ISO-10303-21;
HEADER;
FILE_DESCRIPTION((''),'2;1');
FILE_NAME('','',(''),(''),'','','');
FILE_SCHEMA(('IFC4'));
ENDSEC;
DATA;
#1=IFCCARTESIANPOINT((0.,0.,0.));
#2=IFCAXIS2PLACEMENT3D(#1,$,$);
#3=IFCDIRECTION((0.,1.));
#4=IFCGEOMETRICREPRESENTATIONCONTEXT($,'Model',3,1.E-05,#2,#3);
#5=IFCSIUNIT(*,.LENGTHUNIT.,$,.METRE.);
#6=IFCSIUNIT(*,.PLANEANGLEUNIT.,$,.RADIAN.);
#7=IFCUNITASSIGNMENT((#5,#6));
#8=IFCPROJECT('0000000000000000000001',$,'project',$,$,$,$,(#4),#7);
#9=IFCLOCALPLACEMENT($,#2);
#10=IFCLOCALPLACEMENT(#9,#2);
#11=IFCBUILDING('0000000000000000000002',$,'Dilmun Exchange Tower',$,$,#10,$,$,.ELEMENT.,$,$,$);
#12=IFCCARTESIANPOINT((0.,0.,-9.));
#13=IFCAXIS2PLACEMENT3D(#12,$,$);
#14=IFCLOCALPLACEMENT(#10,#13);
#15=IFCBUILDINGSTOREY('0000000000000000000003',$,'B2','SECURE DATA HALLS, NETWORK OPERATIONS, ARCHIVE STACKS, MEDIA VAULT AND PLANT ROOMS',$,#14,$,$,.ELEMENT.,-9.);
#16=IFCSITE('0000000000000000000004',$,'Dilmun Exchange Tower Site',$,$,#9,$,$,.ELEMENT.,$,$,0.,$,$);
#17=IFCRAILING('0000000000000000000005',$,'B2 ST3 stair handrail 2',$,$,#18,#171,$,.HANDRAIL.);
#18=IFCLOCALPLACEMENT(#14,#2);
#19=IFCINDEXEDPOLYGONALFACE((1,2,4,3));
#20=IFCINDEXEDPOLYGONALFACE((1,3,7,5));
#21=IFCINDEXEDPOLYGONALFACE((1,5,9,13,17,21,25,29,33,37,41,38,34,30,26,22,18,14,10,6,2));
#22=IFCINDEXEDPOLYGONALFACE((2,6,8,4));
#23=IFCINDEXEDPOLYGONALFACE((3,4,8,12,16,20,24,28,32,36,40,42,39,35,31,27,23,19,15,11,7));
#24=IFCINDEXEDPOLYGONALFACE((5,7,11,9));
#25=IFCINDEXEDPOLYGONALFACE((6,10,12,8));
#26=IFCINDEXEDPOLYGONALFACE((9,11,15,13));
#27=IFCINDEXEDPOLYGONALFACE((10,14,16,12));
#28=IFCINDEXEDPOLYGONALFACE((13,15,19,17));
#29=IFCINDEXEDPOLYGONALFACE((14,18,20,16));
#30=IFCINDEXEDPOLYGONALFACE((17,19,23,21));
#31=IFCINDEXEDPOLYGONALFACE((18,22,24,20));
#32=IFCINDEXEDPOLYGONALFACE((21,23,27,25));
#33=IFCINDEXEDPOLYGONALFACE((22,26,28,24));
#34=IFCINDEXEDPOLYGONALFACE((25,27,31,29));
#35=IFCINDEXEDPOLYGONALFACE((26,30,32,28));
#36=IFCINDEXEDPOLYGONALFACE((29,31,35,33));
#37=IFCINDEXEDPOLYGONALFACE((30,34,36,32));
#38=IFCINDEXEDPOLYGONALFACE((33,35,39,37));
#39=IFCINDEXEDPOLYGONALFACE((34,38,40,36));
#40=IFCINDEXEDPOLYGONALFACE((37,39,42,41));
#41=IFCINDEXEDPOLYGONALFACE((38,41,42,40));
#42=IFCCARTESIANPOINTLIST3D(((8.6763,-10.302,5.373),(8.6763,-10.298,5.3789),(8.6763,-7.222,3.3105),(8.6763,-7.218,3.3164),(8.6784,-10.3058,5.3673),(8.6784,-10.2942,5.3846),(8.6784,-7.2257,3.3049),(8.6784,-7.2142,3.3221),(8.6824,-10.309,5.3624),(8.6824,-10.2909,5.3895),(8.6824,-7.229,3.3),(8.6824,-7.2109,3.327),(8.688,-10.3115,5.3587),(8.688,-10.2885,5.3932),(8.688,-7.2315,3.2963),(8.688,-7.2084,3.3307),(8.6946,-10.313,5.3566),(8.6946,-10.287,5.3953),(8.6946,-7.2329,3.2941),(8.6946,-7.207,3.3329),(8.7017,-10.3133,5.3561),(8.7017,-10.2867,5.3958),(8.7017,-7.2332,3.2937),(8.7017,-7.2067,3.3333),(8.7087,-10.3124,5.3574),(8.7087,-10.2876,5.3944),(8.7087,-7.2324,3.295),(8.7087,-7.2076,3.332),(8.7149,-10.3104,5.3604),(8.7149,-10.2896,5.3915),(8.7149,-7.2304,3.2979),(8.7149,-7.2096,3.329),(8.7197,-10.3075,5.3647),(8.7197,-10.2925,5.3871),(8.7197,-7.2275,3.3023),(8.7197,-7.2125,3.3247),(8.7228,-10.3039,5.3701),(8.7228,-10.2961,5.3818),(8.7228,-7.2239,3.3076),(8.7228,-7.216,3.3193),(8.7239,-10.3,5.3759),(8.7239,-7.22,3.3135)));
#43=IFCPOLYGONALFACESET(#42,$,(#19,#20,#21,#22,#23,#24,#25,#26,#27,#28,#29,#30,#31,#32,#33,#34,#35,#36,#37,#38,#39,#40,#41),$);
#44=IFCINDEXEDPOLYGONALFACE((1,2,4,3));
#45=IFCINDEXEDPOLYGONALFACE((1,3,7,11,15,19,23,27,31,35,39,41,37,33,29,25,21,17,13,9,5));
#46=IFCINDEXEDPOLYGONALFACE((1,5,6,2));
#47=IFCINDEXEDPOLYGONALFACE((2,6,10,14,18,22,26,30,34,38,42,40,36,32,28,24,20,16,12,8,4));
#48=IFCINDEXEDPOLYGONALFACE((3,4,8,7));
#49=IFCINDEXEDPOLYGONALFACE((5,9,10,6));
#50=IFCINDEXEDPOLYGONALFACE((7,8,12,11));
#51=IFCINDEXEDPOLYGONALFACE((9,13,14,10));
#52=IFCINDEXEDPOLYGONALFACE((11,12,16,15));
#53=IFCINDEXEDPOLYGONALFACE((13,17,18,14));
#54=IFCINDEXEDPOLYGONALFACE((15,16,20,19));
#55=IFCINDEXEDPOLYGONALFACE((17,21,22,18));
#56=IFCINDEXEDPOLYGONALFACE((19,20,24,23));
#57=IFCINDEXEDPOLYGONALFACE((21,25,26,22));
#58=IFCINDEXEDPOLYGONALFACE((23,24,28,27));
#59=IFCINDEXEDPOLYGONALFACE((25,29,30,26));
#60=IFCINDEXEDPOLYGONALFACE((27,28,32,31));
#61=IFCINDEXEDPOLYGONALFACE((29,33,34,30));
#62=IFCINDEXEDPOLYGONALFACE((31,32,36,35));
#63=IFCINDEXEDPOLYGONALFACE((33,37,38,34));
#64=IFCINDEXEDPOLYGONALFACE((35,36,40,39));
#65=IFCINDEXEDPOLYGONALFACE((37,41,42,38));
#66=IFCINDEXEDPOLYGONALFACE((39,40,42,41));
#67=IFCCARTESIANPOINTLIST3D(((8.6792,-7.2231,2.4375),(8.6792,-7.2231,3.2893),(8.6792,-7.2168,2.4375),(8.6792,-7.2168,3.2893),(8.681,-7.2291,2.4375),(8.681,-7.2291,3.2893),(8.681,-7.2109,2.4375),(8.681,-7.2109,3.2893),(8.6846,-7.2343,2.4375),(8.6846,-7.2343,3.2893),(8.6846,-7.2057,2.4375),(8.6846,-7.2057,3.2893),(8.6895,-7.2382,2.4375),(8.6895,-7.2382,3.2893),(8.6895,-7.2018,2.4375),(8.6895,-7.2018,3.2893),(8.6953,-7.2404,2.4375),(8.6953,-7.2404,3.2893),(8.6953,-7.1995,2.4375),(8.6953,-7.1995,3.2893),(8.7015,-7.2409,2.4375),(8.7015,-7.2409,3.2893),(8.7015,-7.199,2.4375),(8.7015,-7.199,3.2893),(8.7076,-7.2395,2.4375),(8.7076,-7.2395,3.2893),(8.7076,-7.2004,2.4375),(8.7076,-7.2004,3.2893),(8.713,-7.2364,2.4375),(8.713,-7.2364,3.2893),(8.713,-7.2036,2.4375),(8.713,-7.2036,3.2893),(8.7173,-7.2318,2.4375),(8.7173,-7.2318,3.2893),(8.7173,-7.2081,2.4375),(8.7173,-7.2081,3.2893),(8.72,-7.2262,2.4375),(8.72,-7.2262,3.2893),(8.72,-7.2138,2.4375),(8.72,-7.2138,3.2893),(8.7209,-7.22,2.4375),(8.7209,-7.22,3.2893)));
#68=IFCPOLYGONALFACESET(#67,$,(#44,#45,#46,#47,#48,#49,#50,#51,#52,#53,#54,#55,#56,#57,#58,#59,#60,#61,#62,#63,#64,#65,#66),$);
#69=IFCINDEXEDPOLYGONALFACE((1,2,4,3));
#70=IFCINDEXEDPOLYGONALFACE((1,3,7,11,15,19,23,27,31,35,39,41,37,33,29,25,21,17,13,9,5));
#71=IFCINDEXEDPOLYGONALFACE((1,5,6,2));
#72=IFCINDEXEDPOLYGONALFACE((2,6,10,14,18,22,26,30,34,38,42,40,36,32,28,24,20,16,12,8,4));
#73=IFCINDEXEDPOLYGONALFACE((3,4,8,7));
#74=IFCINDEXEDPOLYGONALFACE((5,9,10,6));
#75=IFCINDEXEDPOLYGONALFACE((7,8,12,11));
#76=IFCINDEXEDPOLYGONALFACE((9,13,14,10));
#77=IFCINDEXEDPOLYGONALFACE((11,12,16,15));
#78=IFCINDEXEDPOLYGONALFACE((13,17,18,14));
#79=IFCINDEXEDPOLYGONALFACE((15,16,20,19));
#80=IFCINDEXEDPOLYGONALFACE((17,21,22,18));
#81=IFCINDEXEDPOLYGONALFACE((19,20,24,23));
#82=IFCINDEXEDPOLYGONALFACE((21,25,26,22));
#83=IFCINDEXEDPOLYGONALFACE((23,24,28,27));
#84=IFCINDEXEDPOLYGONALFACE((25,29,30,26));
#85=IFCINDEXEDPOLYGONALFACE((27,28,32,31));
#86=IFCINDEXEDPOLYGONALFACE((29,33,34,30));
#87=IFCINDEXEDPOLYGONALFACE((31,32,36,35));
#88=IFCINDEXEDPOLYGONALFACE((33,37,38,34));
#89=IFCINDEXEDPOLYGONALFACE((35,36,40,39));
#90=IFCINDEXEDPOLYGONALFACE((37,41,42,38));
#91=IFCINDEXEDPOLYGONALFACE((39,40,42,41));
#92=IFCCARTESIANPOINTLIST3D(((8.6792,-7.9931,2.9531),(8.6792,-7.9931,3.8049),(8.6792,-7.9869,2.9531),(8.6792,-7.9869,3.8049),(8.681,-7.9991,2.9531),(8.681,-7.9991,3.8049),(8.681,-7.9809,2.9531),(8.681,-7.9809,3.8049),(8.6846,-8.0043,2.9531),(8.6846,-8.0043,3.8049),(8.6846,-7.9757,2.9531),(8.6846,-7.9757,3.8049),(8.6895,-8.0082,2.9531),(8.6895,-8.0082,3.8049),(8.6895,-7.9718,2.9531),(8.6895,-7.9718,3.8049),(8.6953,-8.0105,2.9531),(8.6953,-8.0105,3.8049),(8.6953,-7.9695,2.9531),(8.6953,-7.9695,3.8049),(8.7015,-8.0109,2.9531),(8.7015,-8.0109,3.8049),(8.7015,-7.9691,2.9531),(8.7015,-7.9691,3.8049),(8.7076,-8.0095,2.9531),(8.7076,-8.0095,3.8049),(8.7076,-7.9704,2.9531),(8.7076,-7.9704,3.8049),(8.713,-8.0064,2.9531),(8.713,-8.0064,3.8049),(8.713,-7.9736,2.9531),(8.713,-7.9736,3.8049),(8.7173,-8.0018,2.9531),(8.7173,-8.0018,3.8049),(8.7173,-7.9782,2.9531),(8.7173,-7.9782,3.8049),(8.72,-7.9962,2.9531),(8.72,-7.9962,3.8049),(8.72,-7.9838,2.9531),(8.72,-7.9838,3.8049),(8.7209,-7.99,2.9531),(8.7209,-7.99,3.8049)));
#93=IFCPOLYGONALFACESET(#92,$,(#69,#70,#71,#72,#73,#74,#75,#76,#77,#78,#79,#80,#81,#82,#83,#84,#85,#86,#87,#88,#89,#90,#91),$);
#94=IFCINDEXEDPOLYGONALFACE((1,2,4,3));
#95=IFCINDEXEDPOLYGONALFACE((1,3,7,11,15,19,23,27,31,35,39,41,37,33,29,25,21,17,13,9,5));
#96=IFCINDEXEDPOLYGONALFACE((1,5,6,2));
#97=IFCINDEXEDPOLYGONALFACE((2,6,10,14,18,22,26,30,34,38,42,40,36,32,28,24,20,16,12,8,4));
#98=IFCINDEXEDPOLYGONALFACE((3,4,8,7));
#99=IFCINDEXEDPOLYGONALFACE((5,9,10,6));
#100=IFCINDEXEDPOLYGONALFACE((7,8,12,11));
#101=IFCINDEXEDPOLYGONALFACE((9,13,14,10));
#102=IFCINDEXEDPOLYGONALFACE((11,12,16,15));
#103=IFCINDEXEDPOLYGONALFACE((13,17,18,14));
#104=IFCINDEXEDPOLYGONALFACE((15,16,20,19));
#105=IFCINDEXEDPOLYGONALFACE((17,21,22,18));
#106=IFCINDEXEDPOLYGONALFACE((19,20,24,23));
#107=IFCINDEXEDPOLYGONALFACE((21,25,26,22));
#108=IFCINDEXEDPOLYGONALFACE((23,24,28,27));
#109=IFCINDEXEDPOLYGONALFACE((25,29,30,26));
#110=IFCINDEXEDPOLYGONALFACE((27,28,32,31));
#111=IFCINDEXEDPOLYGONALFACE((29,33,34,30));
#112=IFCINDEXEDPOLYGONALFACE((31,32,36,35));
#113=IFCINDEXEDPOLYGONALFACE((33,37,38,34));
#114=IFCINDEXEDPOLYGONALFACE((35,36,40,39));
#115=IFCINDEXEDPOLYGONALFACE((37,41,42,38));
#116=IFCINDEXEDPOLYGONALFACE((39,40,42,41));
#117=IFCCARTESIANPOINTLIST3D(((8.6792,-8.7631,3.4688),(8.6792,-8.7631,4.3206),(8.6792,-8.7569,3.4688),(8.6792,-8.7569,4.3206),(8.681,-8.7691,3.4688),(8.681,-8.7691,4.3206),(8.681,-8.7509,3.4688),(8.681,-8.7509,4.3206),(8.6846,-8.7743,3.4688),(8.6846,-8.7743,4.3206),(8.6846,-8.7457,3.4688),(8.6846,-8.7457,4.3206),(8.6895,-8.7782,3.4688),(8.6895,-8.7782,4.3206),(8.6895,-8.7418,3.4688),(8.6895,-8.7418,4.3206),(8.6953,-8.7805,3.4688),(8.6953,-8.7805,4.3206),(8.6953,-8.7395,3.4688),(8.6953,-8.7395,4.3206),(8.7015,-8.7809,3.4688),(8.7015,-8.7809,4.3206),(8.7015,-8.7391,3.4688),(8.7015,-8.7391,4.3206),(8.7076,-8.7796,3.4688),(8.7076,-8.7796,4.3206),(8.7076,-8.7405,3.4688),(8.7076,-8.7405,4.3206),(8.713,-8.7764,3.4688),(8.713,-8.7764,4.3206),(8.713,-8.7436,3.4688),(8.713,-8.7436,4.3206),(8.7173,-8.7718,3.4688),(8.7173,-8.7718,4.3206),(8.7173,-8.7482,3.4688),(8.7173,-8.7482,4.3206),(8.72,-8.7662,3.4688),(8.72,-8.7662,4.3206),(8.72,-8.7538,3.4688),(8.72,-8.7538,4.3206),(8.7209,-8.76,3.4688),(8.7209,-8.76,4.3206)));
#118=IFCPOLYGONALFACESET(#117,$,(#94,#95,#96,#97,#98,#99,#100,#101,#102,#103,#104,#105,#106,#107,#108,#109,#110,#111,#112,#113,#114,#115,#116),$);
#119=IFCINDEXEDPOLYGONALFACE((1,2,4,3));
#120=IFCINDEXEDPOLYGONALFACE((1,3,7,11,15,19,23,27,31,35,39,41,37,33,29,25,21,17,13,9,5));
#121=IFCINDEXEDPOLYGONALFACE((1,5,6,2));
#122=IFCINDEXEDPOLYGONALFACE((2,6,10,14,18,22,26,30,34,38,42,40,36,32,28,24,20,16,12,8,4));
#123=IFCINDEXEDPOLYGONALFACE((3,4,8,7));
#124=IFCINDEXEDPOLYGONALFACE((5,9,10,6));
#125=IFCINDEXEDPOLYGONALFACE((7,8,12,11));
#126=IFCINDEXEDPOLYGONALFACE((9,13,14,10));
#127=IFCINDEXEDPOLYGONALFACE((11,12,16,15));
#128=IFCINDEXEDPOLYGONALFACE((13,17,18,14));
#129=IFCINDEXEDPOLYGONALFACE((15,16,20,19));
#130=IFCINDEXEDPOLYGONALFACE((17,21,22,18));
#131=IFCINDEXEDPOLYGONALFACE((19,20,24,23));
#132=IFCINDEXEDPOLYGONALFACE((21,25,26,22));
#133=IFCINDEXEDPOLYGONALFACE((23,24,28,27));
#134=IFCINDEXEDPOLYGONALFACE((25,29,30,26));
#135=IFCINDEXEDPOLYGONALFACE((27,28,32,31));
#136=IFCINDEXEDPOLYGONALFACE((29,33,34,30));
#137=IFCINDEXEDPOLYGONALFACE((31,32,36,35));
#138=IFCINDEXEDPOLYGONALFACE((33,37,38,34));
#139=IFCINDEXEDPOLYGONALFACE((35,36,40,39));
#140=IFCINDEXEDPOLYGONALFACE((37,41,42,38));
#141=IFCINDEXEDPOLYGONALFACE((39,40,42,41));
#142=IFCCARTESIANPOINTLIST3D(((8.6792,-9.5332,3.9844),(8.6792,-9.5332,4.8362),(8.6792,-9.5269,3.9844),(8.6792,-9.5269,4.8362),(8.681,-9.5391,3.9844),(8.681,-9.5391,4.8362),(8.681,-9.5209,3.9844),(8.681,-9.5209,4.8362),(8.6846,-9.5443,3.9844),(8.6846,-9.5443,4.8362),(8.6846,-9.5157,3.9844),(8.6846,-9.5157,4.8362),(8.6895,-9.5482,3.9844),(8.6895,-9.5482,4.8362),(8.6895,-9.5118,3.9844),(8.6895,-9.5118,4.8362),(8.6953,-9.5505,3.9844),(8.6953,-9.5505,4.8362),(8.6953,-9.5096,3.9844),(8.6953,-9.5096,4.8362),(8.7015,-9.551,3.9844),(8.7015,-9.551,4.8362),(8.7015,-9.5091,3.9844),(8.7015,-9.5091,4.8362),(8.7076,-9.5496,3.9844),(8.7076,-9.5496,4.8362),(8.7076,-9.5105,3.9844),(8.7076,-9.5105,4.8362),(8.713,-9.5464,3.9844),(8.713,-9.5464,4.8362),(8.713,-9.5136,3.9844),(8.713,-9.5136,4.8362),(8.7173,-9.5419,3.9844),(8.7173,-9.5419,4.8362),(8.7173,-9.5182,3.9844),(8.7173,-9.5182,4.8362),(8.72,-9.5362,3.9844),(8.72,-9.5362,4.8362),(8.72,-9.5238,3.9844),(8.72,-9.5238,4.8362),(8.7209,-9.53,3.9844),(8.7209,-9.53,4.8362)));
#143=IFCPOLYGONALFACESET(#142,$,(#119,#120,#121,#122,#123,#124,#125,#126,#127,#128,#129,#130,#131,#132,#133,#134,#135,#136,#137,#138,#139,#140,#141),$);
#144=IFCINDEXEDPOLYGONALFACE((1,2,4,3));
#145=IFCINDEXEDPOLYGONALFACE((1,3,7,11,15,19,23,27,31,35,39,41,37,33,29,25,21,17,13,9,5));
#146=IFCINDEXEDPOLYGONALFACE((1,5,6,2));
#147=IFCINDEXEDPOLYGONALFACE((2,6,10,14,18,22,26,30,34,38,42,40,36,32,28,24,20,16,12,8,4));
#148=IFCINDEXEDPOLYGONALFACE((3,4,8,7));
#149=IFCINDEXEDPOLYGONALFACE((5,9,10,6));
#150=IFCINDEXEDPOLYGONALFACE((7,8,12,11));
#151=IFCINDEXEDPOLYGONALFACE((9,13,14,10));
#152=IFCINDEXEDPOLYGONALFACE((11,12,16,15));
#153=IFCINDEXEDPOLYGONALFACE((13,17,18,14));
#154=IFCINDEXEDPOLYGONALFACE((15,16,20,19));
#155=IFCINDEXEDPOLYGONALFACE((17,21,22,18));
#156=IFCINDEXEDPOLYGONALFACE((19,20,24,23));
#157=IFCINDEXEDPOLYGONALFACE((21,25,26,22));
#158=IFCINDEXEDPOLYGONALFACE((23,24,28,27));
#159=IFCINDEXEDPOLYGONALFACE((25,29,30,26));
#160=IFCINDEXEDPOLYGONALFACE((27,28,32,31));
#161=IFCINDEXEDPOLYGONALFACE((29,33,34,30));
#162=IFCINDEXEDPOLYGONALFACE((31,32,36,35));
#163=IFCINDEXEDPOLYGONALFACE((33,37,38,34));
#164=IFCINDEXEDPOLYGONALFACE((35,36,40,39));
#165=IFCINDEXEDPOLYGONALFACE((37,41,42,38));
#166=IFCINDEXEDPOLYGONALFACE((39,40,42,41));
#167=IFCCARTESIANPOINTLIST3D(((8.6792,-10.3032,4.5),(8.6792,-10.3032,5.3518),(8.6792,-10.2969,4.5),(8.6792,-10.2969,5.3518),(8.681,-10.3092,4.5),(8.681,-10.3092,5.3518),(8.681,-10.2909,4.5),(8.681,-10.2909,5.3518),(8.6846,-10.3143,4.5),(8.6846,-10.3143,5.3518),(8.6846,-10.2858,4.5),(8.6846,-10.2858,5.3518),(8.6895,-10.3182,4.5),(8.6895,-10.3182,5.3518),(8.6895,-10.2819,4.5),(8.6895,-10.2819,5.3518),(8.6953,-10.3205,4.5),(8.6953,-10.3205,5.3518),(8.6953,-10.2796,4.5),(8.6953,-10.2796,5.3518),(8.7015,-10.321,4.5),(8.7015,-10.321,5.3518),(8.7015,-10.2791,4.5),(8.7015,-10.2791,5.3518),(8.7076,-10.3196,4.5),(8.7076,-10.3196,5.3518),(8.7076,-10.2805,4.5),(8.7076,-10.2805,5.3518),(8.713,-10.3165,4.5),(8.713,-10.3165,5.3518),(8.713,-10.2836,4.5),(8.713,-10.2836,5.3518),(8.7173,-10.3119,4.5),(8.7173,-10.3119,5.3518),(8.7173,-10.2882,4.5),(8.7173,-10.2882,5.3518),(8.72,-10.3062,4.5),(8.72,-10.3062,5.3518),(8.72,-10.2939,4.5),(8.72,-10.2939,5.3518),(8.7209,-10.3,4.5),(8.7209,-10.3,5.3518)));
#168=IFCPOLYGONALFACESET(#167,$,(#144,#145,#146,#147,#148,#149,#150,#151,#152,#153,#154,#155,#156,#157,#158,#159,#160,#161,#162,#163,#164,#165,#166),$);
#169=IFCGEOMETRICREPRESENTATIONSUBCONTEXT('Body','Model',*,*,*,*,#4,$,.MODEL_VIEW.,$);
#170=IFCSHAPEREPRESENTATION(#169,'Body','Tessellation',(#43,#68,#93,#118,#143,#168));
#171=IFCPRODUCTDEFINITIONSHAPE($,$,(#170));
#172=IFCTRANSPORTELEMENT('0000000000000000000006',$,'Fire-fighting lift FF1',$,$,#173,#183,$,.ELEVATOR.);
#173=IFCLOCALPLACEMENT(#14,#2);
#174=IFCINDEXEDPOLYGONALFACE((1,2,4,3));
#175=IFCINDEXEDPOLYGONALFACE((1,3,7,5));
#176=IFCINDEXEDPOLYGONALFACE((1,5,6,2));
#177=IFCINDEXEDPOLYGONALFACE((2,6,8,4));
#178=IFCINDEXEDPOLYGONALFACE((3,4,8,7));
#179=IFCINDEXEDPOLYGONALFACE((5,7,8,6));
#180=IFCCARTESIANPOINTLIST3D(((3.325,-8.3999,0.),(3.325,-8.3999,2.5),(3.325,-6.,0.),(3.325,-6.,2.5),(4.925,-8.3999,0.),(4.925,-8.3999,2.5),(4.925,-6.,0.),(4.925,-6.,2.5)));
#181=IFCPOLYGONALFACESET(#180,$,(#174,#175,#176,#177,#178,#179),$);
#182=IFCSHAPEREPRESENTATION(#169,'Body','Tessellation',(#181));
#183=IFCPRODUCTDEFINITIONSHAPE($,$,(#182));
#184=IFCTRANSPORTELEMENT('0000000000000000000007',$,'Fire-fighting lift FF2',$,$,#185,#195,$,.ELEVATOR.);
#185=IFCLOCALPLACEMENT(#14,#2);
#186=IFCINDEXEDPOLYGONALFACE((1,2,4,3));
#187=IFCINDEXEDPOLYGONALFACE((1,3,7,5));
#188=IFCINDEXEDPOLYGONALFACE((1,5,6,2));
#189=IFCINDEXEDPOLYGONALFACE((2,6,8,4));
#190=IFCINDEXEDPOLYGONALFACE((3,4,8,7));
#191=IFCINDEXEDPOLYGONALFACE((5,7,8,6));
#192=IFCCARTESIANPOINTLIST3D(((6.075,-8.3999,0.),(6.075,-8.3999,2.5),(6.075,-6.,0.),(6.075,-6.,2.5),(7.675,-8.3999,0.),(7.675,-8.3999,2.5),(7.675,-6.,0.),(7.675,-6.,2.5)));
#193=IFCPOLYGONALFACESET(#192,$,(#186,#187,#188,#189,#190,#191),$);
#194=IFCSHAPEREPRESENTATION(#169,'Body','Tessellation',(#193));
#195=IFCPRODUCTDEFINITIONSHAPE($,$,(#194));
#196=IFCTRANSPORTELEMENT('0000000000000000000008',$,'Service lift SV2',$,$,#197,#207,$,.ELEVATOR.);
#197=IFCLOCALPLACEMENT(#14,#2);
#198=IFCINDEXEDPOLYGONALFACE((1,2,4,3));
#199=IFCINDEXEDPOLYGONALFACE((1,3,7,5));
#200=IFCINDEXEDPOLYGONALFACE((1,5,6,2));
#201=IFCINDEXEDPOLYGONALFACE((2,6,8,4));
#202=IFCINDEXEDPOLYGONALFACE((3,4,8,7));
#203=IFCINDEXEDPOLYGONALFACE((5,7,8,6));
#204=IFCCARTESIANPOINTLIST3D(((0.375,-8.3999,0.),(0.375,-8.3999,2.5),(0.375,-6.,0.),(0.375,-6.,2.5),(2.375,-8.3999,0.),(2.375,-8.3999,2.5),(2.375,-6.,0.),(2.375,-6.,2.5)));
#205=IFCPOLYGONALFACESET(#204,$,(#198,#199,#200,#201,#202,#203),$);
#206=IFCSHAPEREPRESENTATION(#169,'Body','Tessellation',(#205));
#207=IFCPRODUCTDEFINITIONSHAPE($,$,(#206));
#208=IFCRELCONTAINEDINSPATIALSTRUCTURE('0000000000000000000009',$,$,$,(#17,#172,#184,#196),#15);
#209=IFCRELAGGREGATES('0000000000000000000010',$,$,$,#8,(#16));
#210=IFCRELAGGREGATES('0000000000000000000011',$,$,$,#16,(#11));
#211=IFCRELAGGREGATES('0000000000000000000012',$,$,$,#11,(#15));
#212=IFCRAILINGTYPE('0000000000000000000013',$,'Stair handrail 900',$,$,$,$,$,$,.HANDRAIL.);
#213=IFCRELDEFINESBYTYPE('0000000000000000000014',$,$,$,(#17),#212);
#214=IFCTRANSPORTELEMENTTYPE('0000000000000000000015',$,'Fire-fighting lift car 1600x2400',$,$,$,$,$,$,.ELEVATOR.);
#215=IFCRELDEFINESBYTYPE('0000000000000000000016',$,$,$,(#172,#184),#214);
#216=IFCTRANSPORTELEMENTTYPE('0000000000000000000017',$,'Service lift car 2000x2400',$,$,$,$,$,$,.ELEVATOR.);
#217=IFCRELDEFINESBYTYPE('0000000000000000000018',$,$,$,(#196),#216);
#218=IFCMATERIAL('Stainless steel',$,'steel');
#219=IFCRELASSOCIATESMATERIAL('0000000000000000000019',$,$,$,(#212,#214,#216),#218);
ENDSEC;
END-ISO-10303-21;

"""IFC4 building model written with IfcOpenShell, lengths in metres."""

from ifc_helpers import new_model, si_unit, direction, frame, origin, origin_2d, place, context, subcontext, project, spatial, rectangle, circle, extrude, material, type_object, element, save


model = new_model("IFC4")

# Units and contexts
model_context = context("Model", 3, precision=1e-05, world=origin(), true_north=direction((0.0, 1.0)))
body_context = subcontext(model_context, "Body", "Model", "MODEL_VIEW")
ifc_project = project(units=[si_unit("LENGTHUNIT", "METRE"), si_unit("PLANEANGLEUNIT", "RADIAN")], contexts=[model_context])

# Site, building, storey
site_placement = place(None, origin())
site = spatial("IfcSite", under=ifc_project, at=site_placement, Name="Dilmun Exchange Tower Site", CompositionType="ELEMENT", RefElevation=0.0)
building_placement = place(site_placement, origin())
building = spatial("IfcBuilding", under=site, at=building_placement, Name="Dilmun Exchange Tower", CompositionType="ELEMENT")
storey_placement = place(building_placement, frame((0.0, 0.0, -9.0)))
storey = spatial("IfcBuildingStorey", under=building, at=storey_placement, Name="B2", Description="SECURE DATA HALLS, NETWORK OPERATIONS, ARCHIVE STACKS, MEDIA VAULT AND PLANT ROOMS", CompositionType="ELEMENT", Elevation=-9.0)

# Railing
ifc_material_1 = material(Name="Stainless steel", Category="steel")
railing_type = type_object("IfcRailingType", Name="Stair handrail 900", PredefinedType="HANDRAIL", material=ifc_material_1)
railing_1_placement = place(storey_placement, frame((8.7, -7.22, 2.4375)))
element("IfcRailing", 1, at=railing_1_placement, inside=storey, type_object=railing_type, Name="B2 ST3 stair handrail 2", PredefinedType="HANDRAIL", context=body_context, shape_type="SweptSolid", body=[
    extrude(circle(Radius=0.0239, at=origin_2d()), frame((0.0, 0.0, 0.876), z_axis=(0.0, -0.830914, 0.556401), x_axis=(1.0, 0.0, 0.0)), (0.0, 0.0, 1.0), 3.7068),
    extrude(circle(Radius=0.021, at=origin_2d()), origin(), (0.0, 0.0, 1.0), 0.8518),
    extrude(circle(Radius=0.021, at=origin_2d()), frame((0.0, -0.77, 0.5156)), (0.0, 0.0, 1.0), 0.8518),
    extrude(circle(Radius=0.021, at=origin_2d()), frame((0.0, -1.54, 1.0312)), (0.0, 0.0, 1.0), 0.8518),
    extrude(circle(Radius=0.021, at=origin_2d()), frame((0.0, -2.3101, 1.5469)), (0.0, 0.0, 1.0), 0.8518),
    extrude(circle(Radius=0.021, at=origin_2d()), frame((0.0, -3.0801, 2.0625)), (0.0, 0.0, 1.0), 0.8518),
])

# Transport elements
transport_element_type_1 = type_object("IfcTransportElementType", Name="Fire-fighting lift car 1600x2400", PredefinedType="ELEVATOR", material=ifc_material_1)
for number, where, z_axis, x_axis, name in (
    (2, (4.125, -7.2, 0.0), (0.0, 0.0, 1.0), (1.0, 0.0, 0.0), "Fire-fighting lift FF1"),
    (3, (6.875, -7.2, 0.0), (0.0, 0.0, 1.0), (1.0, 0.0, 0.0), "Fire-fighting lift FF2"),
):
    element("IfcTransportElement", number, at=place(storey_placement, frame(where, z_axis=z_axis, x_axis=x_axis)), inside=storey, type_object=transport_element_type_1, Name=name, PredefinedType="ELEVATOR", context=body_context, shape_type="SweptSolid", body=[
        extrude(rectangle(XDim=1.6001, YDim=2.3999, at=origin_2d()), origin(), (0.0, 0.0, 1.0), 2.5),
    ])
transport_element_type_2 = type_object("IfcTransportElementType", Name="Service lift car 2000x2400", PredefinedType="ELEVATOR", material=ifc_material_1)
transport_element_placement = place(storey_placement, frame((1.375, -7.2, 0.0), z_axis=(0.0, 0.0, 1.0), x_axis=(1.0, 0.0, 0.0)))
element("IfcTransportElement", 4, at=transport_element_placement, inside=storey, type_object=transport_element_type_2, Name="Service lift SV2", PredefinedType="ELEVATOR", context=body_context, shape_type="SweptSolid", body=[
    extrude(rectangle(XDim=2.0, YDim=2.3999, at=origin_2d()), origin(), (0.0, 0.0, 1.0), 2.5),
])

save(model, "model.ifc")
